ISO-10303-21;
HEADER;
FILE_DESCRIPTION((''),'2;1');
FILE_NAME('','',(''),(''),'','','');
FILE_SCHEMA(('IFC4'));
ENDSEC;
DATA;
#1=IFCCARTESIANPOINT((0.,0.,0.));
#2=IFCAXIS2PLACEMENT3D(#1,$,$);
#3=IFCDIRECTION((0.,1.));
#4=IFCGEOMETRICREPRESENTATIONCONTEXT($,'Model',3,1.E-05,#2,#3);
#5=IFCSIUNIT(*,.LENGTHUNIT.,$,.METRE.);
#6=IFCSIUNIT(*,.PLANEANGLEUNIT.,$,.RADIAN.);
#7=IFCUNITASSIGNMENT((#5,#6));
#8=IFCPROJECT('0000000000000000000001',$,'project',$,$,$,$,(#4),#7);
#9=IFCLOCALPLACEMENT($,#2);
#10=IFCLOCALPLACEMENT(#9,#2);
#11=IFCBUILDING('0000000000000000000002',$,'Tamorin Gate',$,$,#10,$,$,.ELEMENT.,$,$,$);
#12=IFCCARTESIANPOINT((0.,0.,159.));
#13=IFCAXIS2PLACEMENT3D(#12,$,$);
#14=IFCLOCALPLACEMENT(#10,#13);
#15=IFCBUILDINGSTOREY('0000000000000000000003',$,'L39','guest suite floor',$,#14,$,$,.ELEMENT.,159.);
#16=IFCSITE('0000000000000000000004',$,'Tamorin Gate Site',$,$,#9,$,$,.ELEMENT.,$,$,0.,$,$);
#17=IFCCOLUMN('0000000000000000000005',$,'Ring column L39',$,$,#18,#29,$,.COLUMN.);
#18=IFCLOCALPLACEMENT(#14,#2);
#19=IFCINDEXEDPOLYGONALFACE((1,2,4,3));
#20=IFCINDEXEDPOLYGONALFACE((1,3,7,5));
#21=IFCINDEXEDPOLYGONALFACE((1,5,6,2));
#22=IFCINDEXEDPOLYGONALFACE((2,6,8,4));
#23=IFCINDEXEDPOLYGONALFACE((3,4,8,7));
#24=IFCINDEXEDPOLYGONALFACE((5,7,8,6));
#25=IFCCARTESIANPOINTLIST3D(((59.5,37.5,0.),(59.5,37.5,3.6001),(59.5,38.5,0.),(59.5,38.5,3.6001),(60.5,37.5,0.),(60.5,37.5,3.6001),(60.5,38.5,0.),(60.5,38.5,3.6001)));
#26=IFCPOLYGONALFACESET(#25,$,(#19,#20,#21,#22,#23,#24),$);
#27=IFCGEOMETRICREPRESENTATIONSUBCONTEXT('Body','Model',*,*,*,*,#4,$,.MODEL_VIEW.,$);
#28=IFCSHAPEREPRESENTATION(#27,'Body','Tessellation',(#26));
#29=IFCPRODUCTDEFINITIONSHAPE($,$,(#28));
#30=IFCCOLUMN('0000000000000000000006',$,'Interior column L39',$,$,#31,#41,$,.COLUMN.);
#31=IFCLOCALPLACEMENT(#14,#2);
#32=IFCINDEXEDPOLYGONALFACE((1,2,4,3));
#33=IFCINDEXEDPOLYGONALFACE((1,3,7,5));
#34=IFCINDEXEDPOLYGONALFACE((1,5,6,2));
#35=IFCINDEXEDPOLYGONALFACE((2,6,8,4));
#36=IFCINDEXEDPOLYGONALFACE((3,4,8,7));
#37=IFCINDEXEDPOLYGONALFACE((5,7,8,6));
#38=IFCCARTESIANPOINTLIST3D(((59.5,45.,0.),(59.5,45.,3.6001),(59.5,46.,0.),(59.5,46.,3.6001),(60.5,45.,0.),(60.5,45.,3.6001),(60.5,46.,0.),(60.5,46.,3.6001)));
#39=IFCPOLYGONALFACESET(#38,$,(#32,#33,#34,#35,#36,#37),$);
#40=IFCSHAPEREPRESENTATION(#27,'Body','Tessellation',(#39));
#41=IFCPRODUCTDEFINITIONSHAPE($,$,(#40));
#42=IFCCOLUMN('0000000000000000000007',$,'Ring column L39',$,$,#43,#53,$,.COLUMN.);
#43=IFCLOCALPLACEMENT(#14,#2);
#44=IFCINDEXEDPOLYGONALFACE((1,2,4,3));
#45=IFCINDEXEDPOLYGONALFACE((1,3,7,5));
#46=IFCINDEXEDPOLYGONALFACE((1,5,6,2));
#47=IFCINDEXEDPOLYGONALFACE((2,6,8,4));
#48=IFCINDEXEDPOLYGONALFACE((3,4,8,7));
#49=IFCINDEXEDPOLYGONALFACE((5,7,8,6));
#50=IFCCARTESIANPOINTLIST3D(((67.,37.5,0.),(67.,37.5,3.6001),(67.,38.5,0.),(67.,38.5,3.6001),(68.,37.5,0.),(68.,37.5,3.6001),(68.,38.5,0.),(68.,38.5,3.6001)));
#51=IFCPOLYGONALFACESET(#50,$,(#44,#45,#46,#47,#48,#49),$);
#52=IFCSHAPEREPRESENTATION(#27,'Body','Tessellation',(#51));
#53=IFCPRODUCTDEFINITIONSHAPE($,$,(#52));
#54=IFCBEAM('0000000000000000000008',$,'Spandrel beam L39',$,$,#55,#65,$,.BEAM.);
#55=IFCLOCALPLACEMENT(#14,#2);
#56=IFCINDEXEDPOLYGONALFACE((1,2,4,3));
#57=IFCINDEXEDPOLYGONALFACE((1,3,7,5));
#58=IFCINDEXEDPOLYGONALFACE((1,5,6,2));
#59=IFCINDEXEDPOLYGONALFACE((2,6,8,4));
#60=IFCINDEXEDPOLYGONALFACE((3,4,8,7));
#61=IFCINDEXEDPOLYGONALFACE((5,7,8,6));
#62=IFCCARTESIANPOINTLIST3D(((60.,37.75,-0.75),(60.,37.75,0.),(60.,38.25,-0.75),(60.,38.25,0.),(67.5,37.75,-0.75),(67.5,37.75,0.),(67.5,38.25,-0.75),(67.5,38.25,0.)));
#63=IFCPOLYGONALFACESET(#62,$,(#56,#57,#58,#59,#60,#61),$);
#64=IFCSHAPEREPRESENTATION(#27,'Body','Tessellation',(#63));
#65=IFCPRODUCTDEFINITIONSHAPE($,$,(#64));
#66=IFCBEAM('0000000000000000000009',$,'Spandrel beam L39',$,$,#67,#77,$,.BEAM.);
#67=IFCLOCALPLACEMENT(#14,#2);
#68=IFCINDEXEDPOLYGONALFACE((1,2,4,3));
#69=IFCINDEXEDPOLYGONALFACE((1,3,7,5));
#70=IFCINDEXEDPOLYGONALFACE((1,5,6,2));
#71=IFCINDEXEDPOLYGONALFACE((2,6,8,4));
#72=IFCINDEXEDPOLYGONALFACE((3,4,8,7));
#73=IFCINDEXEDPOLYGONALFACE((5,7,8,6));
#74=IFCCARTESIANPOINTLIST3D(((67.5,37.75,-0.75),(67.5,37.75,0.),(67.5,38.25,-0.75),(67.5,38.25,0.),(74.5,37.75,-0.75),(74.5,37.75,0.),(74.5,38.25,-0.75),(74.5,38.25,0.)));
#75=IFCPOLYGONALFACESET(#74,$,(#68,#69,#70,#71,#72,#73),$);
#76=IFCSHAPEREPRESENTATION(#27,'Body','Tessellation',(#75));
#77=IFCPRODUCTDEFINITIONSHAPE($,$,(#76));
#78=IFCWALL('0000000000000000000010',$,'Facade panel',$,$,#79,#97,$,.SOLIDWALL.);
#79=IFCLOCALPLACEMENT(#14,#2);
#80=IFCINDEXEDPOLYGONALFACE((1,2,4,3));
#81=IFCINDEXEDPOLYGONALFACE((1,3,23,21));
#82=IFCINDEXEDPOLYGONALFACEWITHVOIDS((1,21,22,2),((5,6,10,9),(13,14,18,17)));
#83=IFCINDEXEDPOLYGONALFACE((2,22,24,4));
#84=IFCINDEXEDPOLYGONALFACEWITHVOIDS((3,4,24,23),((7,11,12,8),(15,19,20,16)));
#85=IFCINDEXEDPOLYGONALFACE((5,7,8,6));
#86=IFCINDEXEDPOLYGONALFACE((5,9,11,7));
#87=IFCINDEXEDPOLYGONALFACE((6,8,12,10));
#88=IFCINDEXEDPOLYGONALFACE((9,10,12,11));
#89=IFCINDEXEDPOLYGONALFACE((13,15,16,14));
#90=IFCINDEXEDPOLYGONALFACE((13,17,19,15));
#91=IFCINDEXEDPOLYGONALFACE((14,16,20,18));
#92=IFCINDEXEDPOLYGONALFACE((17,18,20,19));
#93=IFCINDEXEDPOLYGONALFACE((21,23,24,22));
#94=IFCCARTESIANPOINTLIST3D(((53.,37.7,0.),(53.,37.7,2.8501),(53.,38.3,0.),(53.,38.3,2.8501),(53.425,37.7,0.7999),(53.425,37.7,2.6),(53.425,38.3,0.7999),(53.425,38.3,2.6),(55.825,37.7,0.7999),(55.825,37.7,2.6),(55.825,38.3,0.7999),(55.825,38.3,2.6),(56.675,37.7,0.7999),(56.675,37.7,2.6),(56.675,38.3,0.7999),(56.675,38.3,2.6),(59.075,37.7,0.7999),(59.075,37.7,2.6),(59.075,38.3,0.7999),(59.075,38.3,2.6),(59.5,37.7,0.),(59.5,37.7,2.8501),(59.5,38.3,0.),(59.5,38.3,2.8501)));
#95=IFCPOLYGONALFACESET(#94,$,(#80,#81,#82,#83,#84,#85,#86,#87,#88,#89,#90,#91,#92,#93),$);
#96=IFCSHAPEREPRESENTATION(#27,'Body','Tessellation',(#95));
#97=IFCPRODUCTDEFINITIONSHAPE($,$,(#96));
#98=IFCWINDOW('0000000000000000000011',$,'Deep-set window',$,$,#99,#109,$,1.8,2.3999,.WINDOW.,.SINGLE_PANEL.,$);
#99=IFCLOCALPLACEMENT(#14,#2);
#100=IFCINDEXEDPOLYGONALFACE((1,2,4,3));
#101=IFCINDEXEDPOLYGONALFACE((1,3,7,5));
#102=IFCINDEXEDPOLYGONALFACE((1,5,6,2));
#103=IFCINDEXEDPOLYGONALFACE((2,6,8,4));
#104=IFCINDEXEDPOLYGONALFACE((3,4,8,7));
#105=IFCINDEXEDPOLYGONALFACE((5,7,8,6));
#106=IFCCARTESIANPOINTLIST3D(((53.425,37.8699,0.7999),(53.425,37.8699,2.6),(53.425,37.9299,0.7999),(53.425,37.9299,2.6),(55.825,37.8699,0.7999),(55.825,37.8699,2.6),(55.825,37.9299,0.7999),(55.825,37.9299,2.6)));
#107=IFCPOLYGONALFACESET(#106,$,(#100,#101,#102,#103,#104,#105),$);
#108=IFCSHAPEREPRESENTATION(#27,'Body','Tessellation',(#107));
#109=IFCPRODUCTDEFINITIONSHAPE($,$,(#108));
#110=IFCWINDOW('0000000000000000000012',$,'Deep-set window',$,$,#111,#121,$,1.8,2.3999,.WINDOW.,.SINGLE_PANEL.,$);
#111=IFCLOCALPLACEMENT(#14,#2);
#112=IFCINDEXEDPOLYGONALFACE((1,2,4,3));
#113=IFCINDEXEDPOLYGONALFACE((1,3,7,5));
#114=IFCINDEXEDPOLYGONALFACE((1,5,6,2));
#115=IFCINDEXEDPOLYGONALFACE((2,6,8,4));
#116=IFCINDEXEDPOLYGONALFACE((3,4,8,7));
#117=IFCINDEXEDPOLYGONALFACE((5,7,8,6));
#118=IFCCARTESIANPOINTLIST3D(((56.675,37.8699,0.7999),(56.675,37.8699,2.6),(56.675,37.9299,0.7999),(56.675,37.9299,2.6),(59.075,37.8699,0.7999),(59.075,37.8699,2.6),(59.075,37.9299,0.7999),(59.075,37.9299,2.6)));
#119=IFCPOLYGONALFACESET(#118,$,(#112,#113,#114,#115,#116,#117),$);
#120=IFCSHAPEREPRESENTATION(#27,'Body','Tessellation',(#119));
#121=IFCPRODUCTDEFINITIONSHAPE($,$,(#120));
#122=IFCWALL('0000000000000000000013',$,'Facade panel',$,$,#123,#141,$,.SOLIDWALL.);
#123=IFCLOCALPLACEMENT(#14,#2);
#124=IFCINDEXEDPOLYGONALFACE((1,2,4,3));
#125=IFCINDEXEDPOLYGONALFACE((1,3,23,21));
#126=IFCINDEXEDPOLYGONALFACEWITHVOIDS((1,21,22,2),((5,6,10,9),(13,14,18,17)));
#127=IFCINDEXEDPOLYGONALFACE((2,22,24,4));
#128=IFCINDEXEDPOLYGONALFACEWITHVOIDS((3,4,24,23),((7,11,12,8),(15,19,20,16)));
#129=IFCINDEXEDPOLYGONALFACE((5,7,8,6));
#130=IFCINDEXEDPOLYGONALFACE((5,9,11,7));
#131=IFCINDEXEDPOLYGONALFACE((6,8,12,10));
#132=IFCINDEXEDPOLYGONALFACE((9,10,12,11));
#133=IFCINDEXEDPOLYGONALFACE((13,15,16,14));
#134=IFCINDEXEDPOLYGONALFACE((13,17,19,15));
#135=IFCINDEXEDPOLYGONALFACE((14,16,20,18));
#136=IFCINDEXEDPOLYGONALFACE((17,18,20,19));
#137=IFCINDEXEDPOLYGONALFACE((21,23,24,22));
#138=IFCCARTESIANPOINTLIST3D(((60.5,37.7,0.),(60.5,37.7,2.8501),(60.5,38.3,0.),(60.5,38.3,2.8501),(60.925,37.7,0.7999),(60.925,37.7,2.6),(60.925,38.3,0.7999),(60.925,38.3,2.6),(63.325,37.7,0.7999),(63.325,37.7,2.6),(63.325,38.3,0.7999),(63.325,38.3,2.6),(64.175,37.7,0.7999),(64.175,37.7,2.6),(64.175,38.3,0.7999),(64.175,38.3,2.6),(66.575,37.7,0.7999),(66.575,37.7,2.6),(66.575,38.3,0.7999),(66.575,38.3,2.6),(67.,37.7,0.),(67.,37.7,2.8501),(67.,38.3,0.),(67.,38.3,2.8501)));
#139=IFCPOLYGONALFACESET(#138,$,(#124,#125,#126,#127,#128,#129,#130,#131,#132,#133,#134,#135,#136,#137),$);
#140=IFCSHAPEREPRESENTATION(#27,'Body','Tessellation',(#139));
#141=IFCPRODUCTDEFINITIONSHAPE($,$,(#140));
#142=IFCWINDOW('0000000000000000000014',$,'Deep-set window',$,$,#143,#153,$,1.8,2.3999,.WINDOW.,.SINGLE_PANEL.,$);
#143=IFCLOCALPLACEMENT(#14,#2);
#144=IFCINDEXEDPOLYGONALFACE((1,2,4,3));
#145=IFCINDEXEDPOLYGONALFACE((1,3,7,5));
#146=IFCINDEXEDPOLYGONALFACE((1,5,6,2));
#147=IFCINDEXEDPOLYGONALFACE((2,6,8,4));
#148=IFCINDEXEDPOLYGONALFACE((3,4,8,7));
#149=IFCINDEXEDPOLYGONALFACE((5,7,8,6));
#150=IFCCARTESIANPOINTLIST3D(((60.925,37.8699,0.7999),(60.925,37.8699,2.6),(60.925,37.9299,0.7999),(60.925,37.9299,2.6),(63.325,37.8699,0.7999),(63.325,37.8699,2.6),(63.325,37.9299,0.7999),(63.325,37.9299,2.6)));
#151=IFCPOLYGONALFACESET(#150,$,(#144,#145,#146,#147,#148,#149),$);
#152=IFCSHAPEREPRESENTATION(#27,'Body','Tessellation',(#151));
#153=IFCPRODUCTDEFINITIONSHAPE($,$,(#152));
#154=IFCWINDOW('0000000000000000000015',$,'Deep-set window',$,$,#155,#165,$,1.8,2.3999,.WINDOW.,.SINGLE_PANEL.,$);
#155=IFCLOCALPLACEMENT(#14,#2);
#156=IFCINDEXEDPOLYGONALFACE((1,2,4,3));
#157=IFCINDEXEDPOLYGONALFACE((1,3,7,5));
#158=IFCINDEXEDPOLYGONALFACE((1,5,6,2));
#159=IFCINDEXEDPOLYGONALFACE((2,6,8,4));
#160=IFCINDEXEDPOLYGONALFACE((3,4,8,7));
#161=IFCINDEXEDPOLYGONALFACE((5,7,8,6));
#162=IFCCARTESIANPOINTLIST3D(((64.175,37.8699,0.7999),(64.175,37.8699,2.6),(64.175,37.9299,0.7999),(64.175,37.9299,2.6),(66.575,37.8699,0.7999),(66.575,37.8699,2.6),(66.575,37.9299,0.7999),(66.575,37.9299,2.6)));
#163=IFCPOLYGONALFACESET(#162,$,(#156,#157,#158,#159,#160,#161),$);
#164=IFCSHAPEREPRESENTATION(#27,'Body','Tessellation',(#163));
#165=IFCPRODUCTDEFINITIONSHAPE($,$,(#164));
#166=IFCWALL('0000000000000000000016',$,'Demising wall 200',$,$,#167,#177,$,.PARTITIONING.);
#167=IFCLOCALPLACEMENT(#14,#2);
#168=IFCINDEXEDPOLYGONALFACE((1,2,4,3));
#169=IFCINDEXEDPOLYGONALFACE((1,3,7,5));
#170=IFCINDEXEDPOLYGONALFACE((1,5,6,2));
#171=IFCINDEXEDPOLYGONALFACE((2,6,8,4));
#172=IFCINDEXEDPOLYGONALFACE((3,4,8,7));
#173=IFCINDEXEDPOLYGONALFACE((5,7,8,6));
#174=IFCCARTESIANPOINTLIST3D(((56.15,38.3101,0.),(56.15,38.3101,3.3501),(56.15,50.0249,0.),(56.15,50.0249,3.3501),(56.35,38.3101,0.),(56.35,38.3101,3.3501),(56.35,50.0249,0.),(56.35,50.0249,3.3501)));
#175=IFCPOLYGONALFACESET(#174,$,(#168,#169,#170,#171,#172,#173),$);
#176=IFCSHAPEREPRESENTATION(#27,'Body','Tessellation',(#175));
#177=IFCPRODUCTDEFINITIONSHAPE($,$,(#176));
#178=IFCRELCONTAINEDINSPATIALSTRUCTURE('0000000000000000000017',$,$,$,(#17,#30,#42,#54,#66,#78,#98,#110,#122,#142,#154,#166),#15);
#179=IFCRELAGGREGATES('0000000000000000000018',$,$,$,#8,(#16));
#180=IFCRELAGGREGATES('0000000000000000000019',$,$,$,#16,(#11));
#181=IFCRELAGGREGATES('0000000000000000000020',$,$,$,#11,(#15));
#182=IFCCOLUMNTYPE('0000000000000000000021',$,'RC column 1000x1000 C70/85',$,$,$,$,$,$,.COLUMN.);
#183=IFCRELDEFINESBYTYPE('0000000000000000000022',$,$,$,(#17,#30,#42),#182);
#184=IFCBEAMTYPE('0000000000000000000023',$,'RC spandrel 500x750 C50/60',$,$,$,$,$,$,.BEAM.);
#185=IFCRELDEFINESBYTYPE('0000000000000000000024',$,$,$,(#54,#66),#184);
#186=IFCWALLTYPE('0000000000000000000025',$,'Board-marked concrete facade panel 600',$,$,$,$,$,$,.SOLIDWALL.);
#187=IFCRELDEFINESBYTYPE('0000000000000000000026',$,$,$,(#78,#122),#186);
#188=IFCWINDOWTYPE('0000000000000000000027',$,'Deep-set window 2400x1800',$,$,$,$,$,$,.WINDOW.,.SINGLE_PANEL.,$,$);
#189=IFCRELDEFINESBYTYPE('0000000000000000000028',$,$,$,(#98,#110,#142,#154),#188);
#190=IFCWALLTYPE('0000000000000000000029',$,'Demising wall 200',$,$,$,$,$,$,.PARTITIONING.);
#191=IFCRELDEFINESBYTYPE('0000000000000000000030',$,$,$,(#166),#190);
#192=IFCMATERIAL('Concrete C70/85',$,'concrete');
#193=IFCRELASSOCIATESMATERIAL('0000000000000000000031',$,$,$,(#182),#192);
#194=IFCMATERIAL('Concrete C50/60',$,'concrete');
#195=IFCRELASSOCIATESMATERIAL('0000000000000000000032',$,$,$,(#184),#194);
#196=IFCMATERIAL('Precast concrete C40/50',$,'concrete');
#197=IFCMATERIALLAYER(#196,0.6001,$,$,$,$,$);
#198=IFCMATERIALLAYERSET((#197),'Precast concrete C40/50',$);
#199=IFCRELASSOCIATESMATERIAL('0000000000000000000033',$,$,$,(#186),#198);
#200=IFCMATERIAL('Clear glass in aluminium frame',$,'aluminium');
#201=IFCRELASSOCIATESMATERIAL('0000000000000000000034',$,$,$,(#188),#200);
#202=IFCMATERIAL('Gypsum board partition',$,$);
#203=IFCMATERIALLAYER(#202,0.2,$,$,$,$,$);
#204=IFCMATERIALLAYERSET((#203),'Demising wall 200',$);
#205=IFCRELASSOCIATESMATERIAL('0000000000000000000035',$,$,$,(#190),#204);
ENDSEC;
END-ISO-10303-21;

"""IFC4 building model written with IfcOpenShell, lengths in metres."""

from ifc_helpers import new_model, si_unit, direction, frame, frame_2d, origin, origin_2d, place, context, subcontext, project, spatial, rectangle, extrude, material, layer, layer_set, material_profile, profile_set, type_object, element, fill, save


model = new_model("IFC4")

# Units and contexts
model_context = context("Model", 3, precision=1e-05, world=origin(), true_north=direction((0.0, 1.0)))
body_context = subcontext(model_context, "Body", "Model", "MODEL_VIEW")
ifc_project = project(units=[si_unit("LENGTHUNIT", "METRE"), si_unit("PLANEANGLEUNIT", "RADIAN")], contexts=[model_context])

# Site, building, storey
site_placement = place(None, origin())
site = spatial("IfcSite", under=ifc_project, at=site_placement, Name="Tamorin Gate Site", CompositionType="ELEMENT", RefElevation=0.0)
building_placement = place(site_placement, origin())
building = spatial("IfcBuilding", under=site, at=building_placement, Name="Tamorin Gate", CompositionType="ELEMENT")
storey_placement = place(building_placement, frame((0.0, 0.0, 159.0)))
storey = spatial("IfcBuildingStorey", under=building, at=storey_placement, Name="L39", Description="guest suite floor", CompositionType="ELEMENT", Elevation=159.0)

# Columns
ifc_material_1 = material(Name="Concrete C70/85", Category="concrete")
ifc_material_profile_1 = material_profile(ifc_material_1, rectangle(XDim=1.0, YDim=1.0, at=origin_2d()), Name="RC 1000x1000")
ifc_profile_set_1 = profile_set([ifc_material_profile_1], Name="Concrete C70/85")
column_type = type_object("IfcColumnType", Name="RC column 1000x1000 C70/85", PredefinedType="COLUMN", material=ifc_profile_set_1)
for number, where, z_axis, x_axis, name in (
    (1, (60.0, 38.0, 0.0), (0.0, 0.0, 1.0), (1.0, 0.0, 0.0), "Ring column L39"),
    (2, (60.0, 45.5, 0.0), (0.0, 0.0, 1.0), (1.0, 0.0, 0.0), "Interior column L39"),
    (3, (67.5, 38.0, 0.0), (0.0, 0.0, 1.0), (1.0, 0.0, 0.0), "Ring column L39"),
):
    element("IfcColumn", number, at=place(storey_placement, frame(where, z_axis=z_axis, x_axis=x_axis)), inside=storey, type_object=column_type, Name=name, PredefinedType="COLUMN", context=body_context, shape_type="SweptSolid", body=[
        extrude(rectangle(XDim=1.0, YDim=1.0, at=origin_2d()), origin(), (0.0, 0.0, 1.0), 3.6001),
    ])

# Beams
ifc_material_2 = material(Name="Concrete C50/60", Category="concrete")
ifc_material_profile_2 = material_profile(ifc_material_2, rectangle(XDim=0.5, YDim=0.75, at=origin_2d()), Name="RC 500x750")
ifc_profile_set_2 = profile_set([ifc_material_profile_2], Name="Concrete C50/60")
beam_type = type_object("IfcBeamType", Name="RC spandrel 500x750 C50/60", PredefinedType="BEAM", material=ifc_profile_set_2)
beam_1_placement = place(storey_placement, frame((60.0, 38.0, -0.375), z_axis=(1.0, 0.0, 0.0), x_axis=(0.0, 1.0, 0.0)))
element("IfcBeam", 4, at=beam_1_placement, inside=storey, type_object=beam_type, Name="Spandrel beam L39", PredefinedType="BEAM", context=body_context, shape_type="SweptSolid", body=[
    extrude(rectangle(XDim=0.5, YDim=0.75, at=origin_2d()), origin(), (0.0, 0.0, 1.0), 7.5),
])
beam_2_placement = place(storey_placement, frame((67.5, 38.0, -0.375), z_axis=(1.0, 0.0, 0.0), x_axis=(0.0, 1.0, 0.0)))
element("IfcBeam", 5, at=beam_2_placement, inside=storey, type_object=beam_type, Name="Spandrel beam L39", PredefinedType="BEAM", context=body_context, shape_type="SweptSolid", body=[
    extrude(rectangle(XDim=0.5, YDim=0.75, at=origin_2d()), origin(), (0.0, 0.0, 1.0), 7.0),
])

# Walls, openings, windows
ifc_material_3 = material(Name="Precast concrete C40/50", Category="concrete")
ifc_layer_1 = layer(ifc_material_3, 0.6001)
ifc_layer_set_1 = layer_set([ifc_layer_1], Name="Precast concrete C40/50")
wall_type_1 = type_object("IfcWallType", Name="Board-marked concrete facade panel 600", PredefinedType="SOLIDWALL", material=ifc_layer_set_1)
wall_1_placement = place(storey_placement, frame((53.0, 38.0, 0.0), z_axis=(0.0, 0.0, 1.0), x_axis=(1.0, 0.0, 0.0)))
wall_1 = element("IfcWall", 6, at=wall_1_placement, inside=storey, type_object=wall_type_1, Name="Facade panel", PredefinedType="SOLIDWALL", context=body_context, shape_type="SweptSolid", body=[
    extrude(rectangle(XDim=6.5, YDim=0.6001, at=frame_2d((3.25, 0.0))), origin(), (0.0, 0.0, 1.0), 2.8501),
])
opening_1_placement = place(wall_1_placement, frame((0.425, 0.0, 0.8)))
opening_1 = element("IfcOpeningElement", 7, at=opening_1_placement, cuts=wall_1, PredefinedType="OPENING", context=body_context, shape_type="SweptSolid", body=[
    extrude(rectangle(XDim=2.3999, YDim=1.8, at=frame_2d((1.2, 0.8999))), frame((0.0, 0.3101, 0.0), z_axis=(0.0, -1.0, 0.0), x_axis=(1.0, 0.0, 0.0)), (0.0, 0.0, 1.0), 0.6201),
])
opening_2_placement = place(wall_1_placement, frame((3.675, 0.0, 0.8)))
opening_2 = element("IfcOpeningElement", 8, at=opening_2_placement, cuts=wall_1, PredefinedType="OPENING", context=body_context, shape_type="SweptSolid", body=[
    extrude(rectangle(XDim=2.3999, YDim=1.8, at=frame_2d((1.2, 0.8999))), frame((0.0, 0.3101, 0.0), z_axis=(0.0, -1.0, 0.0), x_axis=(1.0, 0.0, 0.0)), (0.0, 0.0, 1.0), 0.6201),
])
ifc_material_4 = material(Name="Clear glass in aluminium frame", Category="aluminium")
window_type = type_object("IfcWindowType", Name="Deep-set window 2400x1800", PartitioningType="SINGLE_PANEL", PredefinedType="WINDOW", material=ifc_material_4)
window_1_placement = place(opening_1_placement, origin())
window_1 = element("IfcWindow", 9, at=window_1_placement, inside=storey, type_object=window_type, Name="Deep-set window", OverallHeight=1.8, OverallWidth=2.3999, PartitioningType="SINGLE_PANEL", PredefinedType="WINDOW", context=body_context, shape_type="SweptSolid", body=[
    extrude(rectangle(XDim=2.3999, YDim=1.8, at=frame_2d((1.2, 0.8999))), frame((0.0, -0.0701, 0.0), z_axis=(0.0, -1.0, 0.0), x_axis=(1.0, 0.0, 0.0)), (0.0, 0.0, 1.0), 0.0601),
])
fill(opening_1, window_1)
window_2_placement = place(opening_2_placement, origin())
window_2 = element("IfcWindow", 10, at=window_2_placement, inside=storey, type_object=window_type, Name="Deep-set window", OverallHeight=1.8, OverallWidth=2.3999, PartitioningType="SINGLE_PANEL", PredefinedType="WINDOW", context=body_context, shape_type="SweptSolid", body=[
    extrude(rectangle(XDim=2.3999, YDim=1.8, at=frame_2d((1.2, 0.8999))), frame((0.0, -0.0701, 0.0), z_axis=(0.0, -1.0, 0.0), x_axis=(1.0, 0.0, 0.0)), (0.0, 0.0, 1.0), 0.0601),
])
fill(opening_2, window_2)
wall_2_placement = place(storey_placement, frame((60.5, 38.0, 0.0), z_axis=(0.0, 0.0, 1.0), x_axis=(1.0, 0.0, 0.0)))
wall_2 = element("IfcWall", 11, at=wall_2_placement, inside=storey, type_object=wall_type_1, Name="Facade panel", PredefinedType="SOLIDWALL", context=body_context, shape_type="SweptSolid", body=[
    extrude(rectangle(XDim=6.5, YDim=0.6001, at=frame_2d((3.25, 0.0))), origin(), (0.0, 0.0, 1.0), 2.8501),
])
opening_3_placement = place(wall_2_placement, frame((0.425, 0.0, 0.8)))
opening_3 = element("IfcOpeningElement", 12, at=opening_3_placement, cuts=wall_2, PredefinedType="OPENING", context=body_context, shape_type="SweptSolid", body=[
    extrude(rectangle(XDim=2.3999, YDim=1.8, at=frame_2d((1.2, 0.8999))), frame((0.0, 0.3101, 0.0), z_axis=(0.0, -1.0, 0.0), x_axis=(1.0, 0.0, 0.0)), (0.0, 0.0, 1.0), 0.6201),
])
opening_4_placement = place(wall_2_placement, frame((3.675, 0.0, 0.8)))
opening_4 = element("IfcOpeningElement", 13, at=opening_4_placement, cuts=wall_2, PredefinedType="OPENING", context=body_context, shape_type="SweptSolid", body=[
    extrude(rectangle(XDim=2.3999, YDim=1.8, at=frame_2d((1.2, 0.8999))), frame((0.0, 0.3101, 0.0), z_axis=(0.0, -1.0, 0.0), x_axis=(1.0, 0.0, 0.0)), (0.0, 0.0, 1.0), 0.6201),
])
window_3_placement = place(opening_3_placement, origin())
window_3 = element("IfcWindow", 14, at=window_3_placement, inside=storey, type_object=window_type, Name="Deep-set window", OverallHeight=1.8, OverallWidth=2.3999, PartitioningType="SINGLE_PANEL", PredefinedType="WINDOW", context=body_context, shape_type="SweptSolid", body=[
    extrude(rectangle(XDim=2.3999, YDim=1.8, at=frame_2d((1.2, 0.8999))), frame((0.0, -0.0701, 0.0), z_axis=(0.0, -1.0, 0.0), x_axis=(1.0, 0.0, 0.0)), (0.0, 0.0, 1.0), 0.0601),
])
fill(opening_3, window_3)
window_4_placement = place(opening_4_placement, origin())
window_4 = element("IfcWindow", 15, at=window_4_placement, inside=storey, type_object=window_type, Name="Deep-set window", OverallHeight=1.8, OverallWidth=2.3999, PartitioningType="SINGLE_PANEL", PredefinedType="WINDOW", context=body_context, shape_type="SweptSolid", body=[
    extrude(rectangle(XDim=2.3999, YDim=1.8, at=frame_2d((1.2, 0.8999))), frame((0.0, -0.0701, 0.0), z_axis=(0.0, -1.0, 0.0), x_axis=(1.0, 0.0, 0.0)), (0.0, 0.0, 1.0), 0.0601),
])
fill(opening_4, window_4)

# Wall
ifc_material_5 = material(Name="Gypsum board partition")
ifc_layer_2 = layer(ifc_material_5, 0.2)
ifc_layer_set_2 = layer_set([ifc_layer_2], Name="Demising wall 200")
wall_type_2 = type_object("IfcWallType", Name="Demising wall 200", PredefinedType="PARTITIONING", material=ifc_layer_set_2)
wall_3_placement = place(storey_placement, frame((56.25, 38.3101, 0.0), z_axis=(0.0, 0.0, 1.0), x_axis=(0.0, 1.0, 0.0)))
element("IfcWall", 16, at=wall_3_placement, inside=storey, type_object=wall_type_2, Name="Demising wall 200", PredefinedType="PARTITIONING", context=body_context, shape_type="SweptSolid", body=[
    extrude(rectangle(XDim=11.7148, YDim=0.2, at=frame_2d((5.8574, 0.0))), origin(), (0.0, 0.0, 1.0), 3.3501),
])

save(model, "model.ifc")
